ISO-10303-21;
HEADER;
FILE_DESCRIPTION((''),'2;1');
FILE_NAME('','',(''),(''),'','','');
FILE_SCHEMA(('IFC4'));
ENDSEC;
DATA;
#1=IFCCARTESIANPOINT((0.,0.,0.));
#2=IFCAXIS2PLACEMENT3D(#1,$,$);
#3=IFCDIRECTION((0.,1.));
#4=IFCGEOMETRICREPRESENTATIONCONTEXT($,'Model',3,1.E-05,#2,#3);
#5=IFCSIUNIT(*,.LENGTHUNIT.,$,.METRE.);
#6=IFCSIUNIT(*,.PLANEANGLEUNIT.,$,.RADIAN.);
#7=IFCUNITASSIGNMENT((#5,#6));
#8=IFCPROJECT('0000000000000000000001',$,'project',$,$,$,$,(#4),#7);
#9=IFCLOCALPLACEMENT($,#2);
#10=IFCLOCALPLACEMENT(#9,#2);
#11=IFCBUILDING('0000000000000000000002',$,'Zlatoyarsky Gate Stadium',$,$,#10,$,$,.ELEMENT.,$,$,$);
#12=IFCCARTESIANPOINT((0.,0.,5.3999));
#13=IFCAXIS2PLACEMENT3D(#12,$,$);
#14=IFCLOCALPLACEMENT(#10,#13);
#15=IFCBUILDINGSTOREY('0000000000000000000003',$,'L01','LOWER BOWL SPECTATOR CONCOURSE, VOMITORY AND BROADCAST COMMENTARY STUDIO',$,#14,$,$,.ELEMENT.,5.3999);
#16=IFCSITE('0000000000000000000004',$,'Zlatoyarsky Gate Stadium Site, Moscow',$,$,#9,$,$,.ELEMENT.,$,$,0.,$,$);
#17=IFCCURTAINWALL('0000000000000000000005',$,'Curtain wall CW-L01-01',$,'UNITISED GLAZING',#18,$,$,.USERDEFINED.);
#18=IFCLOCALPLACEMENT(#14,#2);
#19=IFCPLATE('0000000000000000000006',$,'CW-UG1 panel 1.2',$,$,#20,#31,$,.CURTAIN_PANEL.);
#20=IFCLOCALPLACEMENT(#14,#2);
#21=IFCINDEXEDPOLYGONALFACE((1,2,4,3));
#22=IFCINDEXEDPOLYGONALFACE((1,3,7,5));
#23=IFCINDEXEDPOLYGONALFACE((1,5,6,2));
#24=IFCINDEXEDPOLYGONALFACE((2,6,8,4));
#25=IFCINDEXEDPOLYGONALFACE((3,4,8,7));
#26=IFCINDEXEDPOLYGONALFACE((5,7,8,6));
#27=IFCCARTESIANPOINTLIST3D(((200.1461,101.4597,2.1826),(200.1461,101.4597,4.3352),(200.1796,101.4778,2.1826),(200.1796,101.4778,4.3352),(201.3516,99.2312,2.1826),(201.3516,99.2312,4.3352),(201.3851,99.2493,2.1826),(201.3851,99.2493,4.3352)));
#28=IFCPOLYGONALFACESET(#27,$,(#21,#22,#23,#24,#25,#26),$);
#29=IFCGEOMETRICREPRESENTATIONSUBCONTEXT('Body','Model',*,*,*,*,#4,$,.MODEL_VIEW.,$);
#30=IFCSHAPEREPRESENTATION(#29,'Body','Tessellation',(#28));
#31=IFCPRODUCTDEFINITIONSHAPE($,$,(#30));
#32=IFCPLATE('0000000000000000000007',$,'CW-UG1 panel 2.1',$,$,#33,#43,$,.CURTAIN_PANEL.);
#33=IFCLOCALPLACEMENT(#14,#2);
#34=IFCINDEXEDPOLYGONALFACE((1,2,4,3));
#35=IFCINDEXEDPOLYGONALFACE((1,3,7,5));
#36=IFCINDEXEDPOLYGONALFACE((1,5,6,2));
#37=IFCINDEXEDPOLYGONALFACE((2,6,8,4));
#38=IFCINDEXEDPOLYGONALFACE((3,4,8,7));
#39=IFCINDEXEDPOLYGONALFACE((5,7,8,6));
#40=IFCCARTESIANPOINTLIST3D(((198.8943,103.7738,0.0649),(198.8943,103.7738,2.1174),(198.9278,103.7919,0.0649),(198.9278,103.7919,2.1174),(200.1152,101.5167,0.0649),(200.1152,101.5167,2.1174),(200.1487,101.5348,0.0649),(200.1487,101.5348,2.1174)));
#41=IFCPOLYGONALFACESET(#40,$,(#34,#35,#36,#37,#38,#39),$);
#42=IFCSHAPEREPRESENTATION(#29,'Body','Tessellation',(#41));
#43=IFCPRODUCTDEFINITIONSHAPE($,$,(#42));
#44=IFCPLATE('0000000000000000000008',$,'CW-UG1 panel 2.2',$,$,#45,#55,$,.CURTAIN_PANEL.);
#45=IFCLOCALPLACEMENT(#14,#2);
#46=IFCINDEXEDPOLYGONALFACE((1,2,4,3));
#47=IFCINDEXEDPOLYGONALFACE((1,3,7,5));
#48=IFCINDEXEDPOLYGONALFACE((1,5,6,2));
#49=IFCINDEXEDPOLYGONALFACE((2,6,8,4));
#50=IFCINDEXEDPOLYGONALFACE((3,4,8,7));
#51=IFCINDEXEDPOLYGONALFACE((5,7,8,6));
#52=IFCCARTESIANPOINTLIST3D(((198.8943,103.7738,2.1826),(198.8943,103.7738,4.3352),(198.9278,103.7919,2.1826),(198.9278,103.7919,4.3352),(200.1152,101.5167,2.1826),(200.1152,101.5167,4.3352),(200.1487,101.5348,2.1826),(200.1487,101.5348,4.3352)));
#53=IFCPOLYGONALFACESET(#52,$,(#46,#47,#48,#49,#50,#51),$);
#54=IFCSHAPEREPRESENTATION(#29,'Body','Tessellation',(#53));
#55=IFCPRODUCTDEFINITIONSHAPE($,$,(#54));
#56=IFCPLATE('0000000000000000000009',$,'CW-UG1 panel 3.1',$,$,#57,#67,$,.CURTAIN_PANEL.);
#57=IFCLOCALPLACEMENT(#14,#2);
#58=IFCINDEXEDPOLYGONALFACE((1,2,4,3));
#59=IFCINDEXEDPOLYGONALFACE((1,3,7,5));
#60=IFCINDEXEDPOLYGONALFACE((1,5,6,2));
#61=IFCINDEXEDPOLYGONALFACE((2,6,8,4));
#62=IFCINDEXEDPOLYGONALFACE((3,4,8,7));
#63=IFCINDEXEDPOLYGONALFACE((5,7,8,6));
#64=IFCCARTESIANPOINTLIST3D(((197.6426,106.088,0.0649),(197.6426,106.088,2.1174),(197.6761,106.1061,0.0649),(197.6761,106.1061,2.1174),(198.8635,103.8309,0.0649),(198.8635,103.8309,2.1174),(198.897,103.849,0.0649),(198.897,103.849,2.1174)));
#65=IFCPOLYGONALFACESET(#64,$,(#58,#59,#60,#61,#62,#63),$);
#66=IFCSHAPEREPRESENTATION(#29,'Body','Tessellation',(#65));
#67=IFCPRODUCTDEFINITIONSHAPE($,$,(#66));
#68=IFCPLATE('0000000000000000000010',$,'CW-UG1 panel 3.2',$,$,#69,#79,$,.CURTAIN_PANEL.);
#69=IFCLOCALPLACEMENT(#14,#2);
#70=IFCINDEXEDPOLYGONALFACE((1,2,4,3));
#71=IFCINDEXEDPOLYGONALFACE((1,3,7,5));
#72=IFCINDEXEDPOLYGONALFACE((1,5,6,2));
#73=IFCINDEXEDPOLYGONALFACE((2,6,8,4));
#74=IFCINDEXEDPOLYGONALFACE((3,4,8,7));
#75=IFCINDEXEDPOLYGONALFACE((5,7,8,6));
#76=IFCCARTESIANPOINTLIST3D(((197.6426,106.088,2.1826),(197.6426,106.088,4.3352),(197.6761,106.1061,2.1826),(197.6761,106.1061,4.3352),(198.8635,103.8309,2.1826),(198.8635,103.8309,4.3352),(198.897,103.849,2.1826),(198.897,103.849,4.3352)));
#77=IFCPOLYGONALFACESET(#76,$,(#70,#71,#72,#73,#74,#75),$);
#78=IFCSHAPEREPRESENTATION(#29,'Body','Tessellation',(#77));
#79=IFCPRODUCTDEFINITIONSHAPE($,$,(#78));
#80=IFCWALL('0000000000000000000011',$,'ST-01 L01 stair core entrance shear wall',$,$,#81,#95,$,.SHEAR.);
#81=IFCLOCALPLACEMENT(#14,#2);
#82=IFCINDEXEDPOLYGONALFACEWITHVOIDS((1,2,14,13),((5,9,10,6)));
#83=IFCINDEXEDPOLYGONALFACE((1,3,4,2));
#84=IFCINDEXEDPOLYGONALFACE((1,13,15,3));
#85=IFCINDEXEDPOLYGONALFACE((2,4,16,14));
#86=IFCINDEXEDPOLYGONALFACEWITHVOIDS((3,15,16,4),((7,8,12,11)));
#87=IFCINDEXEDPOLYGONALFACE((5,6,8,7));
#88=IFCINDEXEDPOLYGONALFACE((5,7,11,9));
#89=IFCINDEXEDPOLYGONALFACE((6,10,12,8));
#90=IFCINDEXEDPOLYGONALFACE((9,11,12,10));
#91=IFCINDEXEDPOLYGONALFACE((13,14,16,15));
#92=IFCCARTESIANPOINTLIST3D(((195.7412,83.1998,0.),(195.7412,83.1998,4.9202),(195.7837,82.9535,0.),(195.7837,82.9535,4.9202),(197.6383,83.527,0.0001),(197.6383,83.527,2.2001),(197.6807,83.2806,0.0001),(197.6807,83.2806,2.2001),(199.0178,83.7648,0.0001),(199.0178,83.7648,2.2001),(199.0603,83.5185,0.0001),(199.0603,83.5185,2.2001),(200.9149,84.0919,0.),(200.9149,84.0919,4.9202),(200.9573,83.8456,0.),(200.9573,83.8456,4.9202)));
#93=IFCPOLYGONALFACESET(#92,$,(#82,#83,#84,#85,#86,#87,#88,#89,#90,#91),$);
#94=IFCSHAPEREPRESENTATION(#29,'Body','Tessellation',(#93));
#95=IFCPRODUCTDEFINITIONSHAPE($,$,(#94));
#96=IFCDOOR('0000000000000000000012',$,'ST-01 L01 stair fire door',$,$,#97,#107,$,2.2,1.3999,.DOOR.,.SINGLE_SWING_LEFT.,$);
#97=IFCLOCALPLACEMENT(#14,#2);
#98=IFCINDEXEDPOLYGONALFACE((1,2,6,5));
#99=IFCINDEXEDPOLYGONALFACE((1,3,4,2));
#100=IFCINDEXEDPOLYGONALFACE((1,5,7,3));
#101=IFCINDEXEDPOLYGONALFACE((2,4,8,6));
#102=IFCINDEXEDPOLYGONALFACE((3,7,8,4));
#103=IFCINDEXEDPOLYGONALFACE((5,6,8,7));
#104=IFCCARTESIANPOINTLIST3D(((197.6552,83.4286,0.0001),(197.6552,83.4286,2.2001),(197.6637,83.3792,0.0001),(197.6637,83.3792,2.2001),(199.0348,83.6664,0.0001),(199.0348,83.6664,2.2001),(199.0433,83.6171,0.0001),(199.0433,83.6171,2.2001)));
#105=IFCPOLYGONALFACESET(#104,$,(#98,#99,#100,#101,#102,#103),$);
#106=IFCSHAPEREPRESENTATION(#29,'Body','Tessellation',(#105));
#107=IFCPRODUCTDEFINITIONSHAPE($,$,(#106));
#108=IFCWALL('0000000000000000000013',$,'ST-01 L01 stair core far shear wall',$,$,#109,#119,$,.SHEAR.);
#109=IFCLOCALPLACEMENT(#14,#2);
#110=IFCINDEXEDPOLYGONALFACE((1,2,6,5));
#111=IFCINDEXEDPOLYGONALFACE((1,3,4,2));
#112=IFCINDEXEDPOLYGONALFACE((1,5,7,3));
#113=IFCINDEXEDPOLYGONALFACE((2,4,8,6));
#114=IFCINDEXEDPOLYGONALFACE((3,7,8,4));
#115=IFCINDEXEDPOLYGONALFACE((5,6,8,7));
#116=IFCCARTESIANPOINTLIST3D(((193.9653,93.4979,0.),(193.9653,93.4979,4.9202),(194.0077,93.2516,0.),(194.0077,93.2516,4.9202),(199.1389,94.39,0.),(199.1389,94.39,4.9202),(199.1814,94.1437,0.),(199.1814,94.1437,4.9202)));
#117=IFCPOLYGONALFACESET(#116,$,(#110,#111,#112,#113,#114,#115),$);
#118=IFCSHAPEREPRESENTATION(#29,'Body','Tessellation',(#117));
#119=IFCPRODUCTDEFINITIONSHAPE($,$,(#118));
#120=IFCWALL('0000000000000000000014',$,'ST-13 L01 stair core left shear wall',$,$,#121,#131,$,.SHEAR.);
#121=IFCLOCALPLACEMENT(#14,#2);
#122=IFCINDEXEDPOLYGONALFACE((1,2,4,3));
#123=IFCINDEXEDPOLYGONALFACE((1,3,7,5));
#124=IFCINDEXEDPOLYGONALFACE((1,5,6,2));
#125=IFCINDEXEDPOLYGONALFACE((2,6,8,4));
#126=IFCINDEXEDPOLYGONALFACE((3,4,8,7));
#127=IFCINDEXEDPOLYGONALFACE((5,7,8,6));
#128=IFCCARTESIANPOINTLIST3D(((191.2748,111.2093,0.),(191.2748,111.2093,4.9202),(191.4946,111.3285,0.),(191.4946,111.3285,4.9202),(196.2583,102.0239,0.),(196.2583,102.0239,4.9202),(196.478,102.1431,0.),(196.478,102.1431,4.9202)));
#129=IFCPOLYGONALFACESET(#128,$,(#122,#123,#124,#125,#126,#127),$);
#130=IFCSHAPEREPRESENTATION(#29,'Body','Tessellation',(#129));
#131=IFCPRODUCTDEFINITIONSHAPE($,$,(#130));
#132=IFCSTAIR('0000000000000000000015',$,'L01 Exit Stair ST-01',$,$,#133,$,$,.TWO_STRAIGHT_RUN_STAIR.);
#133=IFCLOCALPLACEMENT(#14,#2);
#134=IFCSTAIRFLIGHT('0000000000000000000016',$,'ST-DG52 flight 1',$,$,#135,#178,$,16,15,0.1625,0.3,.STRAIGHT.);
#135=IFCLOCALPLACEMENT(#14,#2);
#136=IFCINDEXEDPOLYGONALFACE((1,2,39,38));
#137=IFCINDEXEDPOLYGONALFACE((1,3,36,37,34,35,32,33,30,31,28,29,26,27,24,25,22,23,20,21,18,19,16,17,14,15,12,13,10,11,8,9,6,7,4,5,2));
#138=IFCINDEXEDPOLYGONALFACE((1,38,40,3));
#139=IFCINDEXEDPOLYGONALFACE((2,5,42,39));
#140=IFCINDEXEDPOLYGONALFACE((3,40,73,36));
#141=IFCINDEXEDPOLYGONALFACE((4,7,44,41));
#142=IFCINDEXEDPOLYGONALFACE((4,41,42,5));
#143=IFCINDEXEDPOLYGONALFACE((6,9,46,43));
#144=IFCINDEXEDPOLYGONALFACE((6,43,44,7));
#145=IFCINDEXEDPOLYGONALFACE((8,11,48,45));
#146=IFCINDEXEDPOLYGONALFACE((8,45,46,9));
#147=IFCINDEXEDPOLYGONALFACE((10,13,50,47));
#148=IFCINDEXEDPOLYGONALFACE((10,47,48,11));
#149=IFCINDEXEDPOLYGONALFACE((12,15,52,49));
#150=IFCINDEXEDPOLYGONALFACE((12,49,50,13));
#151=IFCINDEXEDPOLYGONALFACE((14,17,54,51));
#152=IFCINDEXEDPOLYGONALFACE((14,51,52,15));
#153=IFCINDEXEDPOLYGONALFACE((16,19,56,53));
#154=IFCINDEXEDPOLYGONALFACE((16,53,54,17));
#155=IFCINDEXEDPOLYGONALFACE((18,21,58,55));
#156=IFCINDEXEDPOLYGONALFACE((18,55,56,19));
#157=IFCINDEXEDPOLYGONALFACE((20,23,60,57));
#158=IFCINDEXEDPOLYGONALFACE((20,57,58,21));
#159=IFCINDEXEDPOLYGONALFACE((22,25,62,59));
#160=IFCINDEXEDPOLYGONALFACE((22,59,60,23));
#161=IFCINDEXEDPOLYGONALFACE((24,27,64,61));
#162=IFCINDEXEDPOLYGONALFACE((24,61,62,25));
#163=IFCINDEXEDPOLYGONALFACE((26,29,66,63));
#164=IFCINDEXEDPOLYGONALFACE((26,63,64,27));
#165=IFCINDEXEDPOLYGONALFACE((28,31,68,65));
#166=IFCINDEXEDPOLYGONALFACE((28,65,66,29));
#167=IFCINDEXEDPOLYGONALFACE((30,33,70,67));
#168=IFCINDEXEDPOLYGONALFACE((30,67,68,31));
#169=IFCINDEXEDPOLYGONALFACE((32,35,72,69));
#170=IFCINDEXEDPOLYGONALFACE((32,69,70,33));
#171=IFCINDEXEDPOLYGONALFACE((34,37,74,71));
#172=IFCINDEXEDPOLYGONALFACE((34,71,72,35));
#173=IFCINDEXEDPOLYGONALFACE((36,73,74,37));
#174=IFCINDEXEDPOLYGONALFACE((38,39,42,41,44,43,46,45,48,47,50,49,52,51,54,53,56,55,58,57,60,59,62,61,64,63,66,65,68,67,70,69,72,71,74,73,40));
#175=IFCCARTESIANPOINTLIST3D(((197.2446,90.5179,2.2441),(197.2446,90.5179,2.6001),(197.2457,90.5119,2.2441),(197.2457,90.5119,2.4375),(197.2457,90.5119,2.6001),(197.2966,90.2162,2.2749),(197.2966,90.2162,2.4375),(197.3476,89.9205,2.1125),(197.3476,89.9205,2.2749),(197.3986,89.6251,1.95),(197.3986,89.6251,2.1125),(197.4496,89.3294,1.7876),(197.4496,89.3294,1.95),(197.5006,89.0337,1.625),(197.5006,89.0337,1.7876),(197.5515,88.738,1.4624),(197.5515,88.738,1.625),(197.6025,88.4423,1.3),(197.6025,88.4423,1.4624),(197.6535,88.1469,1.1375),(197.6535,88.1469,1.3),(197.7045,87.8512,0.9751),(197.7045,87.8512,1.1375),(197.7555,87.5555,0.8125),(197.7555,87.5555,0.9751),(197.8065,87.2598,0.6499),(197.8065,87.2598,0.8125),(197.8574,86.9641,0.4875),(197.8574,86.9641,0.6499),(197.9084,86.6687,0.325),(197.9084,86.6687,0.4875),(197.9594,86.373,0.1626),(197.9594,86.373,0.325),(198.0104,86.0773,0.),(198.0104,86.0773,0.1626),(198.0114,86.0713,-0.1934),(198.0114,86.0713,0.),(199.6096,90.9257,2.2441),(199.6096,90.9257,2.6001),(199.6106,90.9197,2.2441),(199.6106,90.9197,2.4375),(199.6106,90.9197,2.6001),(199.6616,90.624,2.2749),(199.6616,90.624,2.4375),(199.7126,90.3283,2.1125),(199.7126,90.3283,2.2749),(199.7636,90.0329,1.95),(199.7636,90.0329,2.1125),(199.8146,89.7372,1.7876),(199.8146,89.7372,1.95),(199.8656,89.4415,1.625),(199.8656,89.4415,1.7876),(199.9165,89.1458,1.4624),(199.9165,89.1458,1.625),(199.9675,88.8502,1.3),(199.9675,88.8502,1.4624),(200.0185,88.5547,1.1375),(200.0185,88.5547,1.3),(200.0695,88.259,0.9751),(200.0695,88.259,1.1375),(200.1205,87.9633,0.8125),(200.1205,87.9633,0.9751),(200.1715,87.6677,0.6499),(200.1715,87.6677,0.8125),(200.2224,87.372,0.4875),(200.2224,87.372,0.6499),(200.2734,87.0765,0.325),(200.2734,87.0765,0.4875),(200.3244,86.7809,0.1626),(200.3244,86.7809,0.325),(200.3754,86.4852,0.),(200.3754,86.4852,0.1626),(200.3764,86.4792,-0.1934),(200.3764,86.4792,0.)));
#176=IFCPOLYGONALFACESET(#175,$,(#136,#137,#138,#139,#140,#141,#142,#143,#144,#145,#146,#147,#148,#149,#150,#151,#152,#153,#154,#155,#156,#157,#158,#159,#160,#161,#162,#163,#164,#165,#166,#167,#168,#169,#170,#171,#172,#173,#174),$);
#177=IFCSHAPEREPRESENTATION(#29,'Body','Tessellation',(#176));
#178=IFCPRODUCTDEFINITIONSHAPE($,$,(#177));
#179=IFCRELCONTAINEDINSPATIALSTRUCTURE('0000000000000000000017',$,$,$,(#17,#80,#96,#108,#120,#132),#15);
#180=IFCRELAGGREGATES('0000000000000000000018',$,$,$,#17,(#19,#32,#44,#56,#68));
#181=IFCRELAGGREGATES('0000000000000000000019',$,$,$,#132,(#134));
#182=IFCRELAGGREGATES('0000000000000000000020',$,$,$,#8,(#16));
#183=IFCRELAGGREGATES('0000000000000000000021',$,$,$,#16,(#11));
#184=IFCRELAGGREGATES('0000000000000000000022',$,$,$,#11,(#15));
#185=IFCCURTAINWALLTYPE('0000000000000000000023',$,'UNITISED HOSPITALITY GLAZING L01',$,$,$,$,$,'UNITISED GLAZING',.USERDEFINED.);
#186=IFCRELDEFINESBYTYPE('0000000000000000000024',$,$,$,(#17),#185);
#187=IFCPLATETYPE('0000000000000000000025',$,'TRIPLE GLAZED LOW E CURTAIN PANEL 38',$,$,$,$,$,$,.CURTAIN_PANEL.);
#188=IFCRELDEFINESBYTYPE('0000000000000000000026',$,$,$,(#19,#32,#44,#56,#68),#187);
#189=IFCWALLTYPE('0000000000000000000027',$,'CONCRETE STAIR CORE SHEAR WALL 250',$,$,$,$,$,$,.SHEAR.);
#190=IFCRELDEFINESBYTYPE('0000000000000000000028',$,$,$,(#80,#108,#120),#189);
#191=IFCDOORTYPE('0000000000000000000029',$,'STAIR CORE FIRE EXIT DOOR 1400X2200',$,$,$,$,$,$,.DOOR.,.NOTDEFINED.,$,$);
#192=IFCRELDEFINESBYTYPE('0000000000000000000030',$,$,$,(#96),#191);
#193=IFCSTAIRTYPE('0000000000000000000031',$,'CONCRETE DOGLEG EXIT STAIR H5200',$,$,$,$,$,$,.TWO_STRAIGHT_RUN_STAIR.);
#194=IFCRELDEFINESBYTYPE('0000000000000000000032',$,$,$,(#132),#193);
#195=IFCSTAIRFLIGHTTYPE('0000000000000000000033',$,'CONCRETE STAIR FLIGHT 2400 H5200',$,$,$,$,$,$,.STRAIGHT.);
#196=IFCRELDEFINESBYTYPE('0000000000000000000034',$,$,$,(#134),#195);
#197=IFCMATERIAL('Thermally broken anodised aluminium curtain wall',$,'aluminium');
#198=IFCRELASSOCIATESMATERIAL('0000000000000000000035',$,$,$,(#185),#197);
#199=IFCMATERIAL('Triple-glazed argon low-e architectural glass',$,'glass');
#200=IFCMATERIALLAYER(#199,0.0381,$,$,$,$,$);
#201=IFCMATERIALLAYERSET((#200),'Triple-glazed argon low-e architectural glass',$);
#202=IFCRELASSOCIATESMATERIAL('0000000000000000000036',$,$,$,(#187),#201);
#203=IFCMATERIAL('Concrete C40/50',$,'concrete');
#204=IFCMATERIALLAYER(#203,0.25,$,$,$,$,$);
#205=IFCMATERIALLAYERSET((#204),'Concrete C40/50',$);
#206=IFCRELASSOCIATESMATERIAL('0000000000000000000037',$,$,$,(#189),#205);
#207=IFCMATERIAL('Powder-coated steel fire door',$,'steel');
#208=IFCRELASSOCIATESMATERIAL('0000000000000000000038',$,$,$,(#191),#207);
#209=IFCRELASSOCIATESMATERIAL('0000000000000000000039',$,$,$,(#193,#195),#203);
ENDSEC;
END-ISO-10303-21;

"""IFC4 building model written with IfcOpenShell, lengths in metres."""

from ifc_helpers import new_model, si_unit, direction, frame, frame_2d, origin, origin_2d, place, context, subcontext, project, spatial, polyline, rectangle, outline, extrude, material, layer, layer_set, type_object, element, fill, aggregate, save


model = new_model("IFC4")

# Units and contexts
model_context = context("Model", 3, precision=1e-05, world=origin(), true_north=direction((0.0, 1.0)))
body_context = subcontext(model_context, "Body", "Model", "MODEL_VIEW")
ifc_project = project(units=[si_unit("LENGTHUNIT", "METRE"), si_unit("PLANEANGLEUNIT", "RADIAN")], contexts=[model_context])

# Site, building, storey
site_placement = place(None, origin())
site = spatial("IfcSite", under=ifc_project, at=site_placement, Name="Zlatoyarsky Gate Stadium Site, Moscow", CompositionType="ELEMENT", RefElevation=0.0)
building_placement = place(site_placement, origin())
building = spatial("IfcBuilding", under=site, at=building_placement, Name="Zlatoyarsky Gate Stadium", CompositionType="ELEMENT")
storey_placement = place(building_placement, frame((0.0, 0.0, 5.3999)))
storey = spatial("IfcBuildingStorey", under=building, at=storey_placement, Name="L01", Description="LOWER BOWL SPECTATOR CONCOURSE, VOMITORY AND BROADCAST COMMENTARY STUDIO", CompositionType="ELEMENT", Elevation=5.3999)

# Curtain wall
ifc_material_1 = material(Name="Thermally broken anodised aluminium curtain wall", Category="aluminium")
curtain_wall_type = type_object("IfcCurtainWallType", Name="UNITISED HOSPITALITY GLAZING L01", ElementType="UNITISED GLAZING", PredefinedType="USERDEFINED", material=ifc_material_1)
curtain_wall_placement = place(storey_placement, origin())
curtain_wall = element("IfcCurtainWall", 1, at=curtain_wall_placement, inside=storey, type_object=curtain_wall_type, Name="Curtain wall CW-L01-01", ObjectType="UNITISED GLAZING", PredefinedType="USERDEFINED")

# Plates
ifc_material_2 = material(Name="Triple-glazed argon low-e architectural glass", Category="glass")
ifc_layer_1 = layer(ifc_material_2, 0.0381)
ifc_layer_set_1 = layer_set([ifc_layer_1], Name="Triple-glazed argon low-e architectural glass")
plate_type_1 = type_object("IfcPlateType", Name="TRIPLE GLAZED LOW E CURTAIN PANEL 38", PredefinedType="CURTAIN_PANEL", material=ifc_layer_set_1)
plate_1_placement = place(storey_placement, frame((200.7656, 100.3545, 2.1826), z_axis=(0.0, 0.0, 1.0), x_axis=(-0.475784, 0.879562, 0.0)))
plate_1 = element("IfcPlate", 2, at=plate_1_placement, type_object=plate_type_1, Name="CW-UG1 panel 1.2", PredefinedType="CURTAIN_PANEL", context=body_context, shape_type="SweptSolid", body=[
    extrude(rectangle(XDim=2.5337, YDim=0.0381, at=origin_2d()), origin(), (0.0, 0.0, 1.0), 2.1526),
])
plate_2_placement = place(storey_placement, frame((199.5215, 102.6543, 0.0649), z_axis=(0.0, 0.0, 1.0), x_axis=(-0.475784, 0.879562, 0.0)))
plate_2 = element("IfcPlate", 3, at=plate_2_placement, type_object=plate_type_1, Name="CW-UG1 panel 2.1", PredefinedType="CURTAIN_PANEL", context=body_context, shape_type="SweptSolid", body=[
    extrude(rectangle(XDim=2.5662, YDim=0.0381, at=origin_2d()), origin(), (0.0, 0.0, 1.0), 2.0525),
])
plate_3_placement = place(storey_placement, frame((199.5215, 102.6543, 2.1826), z_axis=(0.0, 0.0, 1.0), x_axis=(-0.475784, 0.879562, 0.0)))
plate_3 = element("IfcPlate", 4, at=plate_3_placement, type_object=plate_type_1, Name="CW-UG1 panel 2.2", PredefinedType="CURTAIN_PANEL", context=body_context, shape_type="SweptSolid", body=[
    extrude(rectangle(XDim=2.5662, YDim=0.0381, at=origin_2d()), origin(), (0.0, 0.0, 1.0), 2.1526),
])
plate_4_placement = place(storey_placement, frame((198.2698, 104.9685, 0.0649), z_axis=(0.0, 0.0, 1.0), x_axis=(-0.475784, 0.879562, 0.0)))
plate_4 = element("IfcPlate", 5, at=plate_4_placement, type_object=plate_type_1, Name="CW-UG1 panel 3.1", PredefinedType="CURTAIN_PANEL", context=body_context, shape_type="SweptSolid", body=[
    extrude(rectangle(XDim=2.5662, YDim=0.0381, at=origin_2d()), origin(), (0.0, 0.0, 1.0), 2.0525),
])
plate_5_placement = place(storey_placement, frame((198.2698, 104.9685, 2.1826), z_axis=(0.0, 0.0, 1.0), x_axis=(-0.475784, 0.879562, 0.0)))
plate_5 = element("IfcPlate", 6, at=plate_5_placement, type_object=plate_type_1, Name="CW-UG1 panel 3.2", PredefinedType="CURTAIN_PANEL", context=body_context, shape_type="SweptSolid", body=[
    extrude(rectangle(XDim=2.5662, YDim=0.0381, at=origin_2d()), origin(), (0.0, 0.0, 1.0), 2.1526),
])
aggregate(curtain_wall, [plate_1, plate_2, plate_3, plate_4, plate_5])

# Wall, opening, door
ifc_material_3 = material(Name="Concrete C40/50", Category="concrete")
ifc_layer_2 = layer(ifc_material_3, 0.25)
ifc_layer_set_2 = layer_set([ifc_layer_2], Name="Concrete C40/50")
wall_type = type_object("IfcWallType", Name="CONCRETE STAIR CORE SHEAR WALL 250", PredefinedType="SHEAR", material=ifc_layer_set_2)
wall_1_placement = place(storey_placement, frame((195.7625, 83.0767, 0.0), z_axis=(0.0, 0.0, 1.0), x_axis=(0.985457, 0.169924, 0.0)))
wall_1 = element("IfcWall", 7, at=wall_1_placement, inside=storey, type_object=wall_type, Name="ST-01 L01 stair core entrance shear wall", PredefinedType="SHEAR", context=body_context, shape_type="SweptSolid", body=[
    extrude(rectangle(XDim=5.25, YDim=0.25, at=frame_2d((2.625, 0.0))), origin(), (0.0, 0.0, 1.0), 4.9202),
])
opening_placement = place(wall_1_placement, frame((1.925, 0.0, 0.0)))
opening = element("IfcOpeningElement", 8, at=opening_placement, cuts=wall_1, PredefinedType="OPENING", context=body_context, shape_type="SweptSolid", body=[
    extrude(rectangle(XDim=1.3999, YDim=2.2, at=frame_2d((0.7, 1.1001))), frame((0.0, 0.135, 0.0), z_axis=(0.0, -1.0, 0.0), x_axis=(1.0, 0.0, 0.0)), (0.0, 0.0, 1.0), 0.27),
])
ifc_material_4 = material(Name="Powder-coated steel fire door", Category="steel")
door_type = type_object("IfcDoorType", Name="STAIR CORE FIRE EXIT DOOR 1400X2200", OperationType="NOTDEFINED", PredefinedType="DOOR", material=ifc_material_4)
door_placement = place(opening_placement, frame((1.3999, 0.0, 0.0), z_axis=(0.0, 0.0, 1.0), x_axis=(-1.0, 0.0, 0.0)))
door = element("IfcDoor", 9, at=door_placement, inside=storey, type_object=door_type, Name="ST-01 L01 stair fire door", OperationType="SINGLE_SWING_LEFT", OverallHeight=2.2, OverallWidth=1.3999, PredefinedType="DOOR", context=body_context, shape_type="SweptSolid", body=[
    extrude(rectangle(XDim=1.3999, YDim=2.2, at=frame_2d((0.7, 1.1001))), frame((0.0, 0.0249, 0.0), z_axis=(0.0, -1.0, 0.0), x_axis=(1.0, 0.0, 0.0)), (0.0, 0.0, 1.0), 0.05),
])
fill(opening, door)

# Walls
wall_2_placement = place(storey_placement, frame((199.1602, 94.2668, 0.0), z_axis=(0.0, 0.0, 1.0), x_axis=(-0.985457, -0.169924, 0.0)))
element("IfcWall", 10, at=wall_2_placement, inside=storey, type_object=wall_type, Name="ST-01 L01 stair core far shear wall", PredefinedType="SHEAR", context=body_context, shape_type="SweptSolid", body=[
    extrude(rectangle(XDim=5.25, YDim=0.25, at=frame_2d((2.625, 0.0))), origin(), (0.0, 0.0, 1.0), 4.9202),
])
wall_3_placement = place(storey_placement, frame((196.3682, 102.0835, 0.0), z_axis=(0.0, 0.0, 1.0), x_axis=(-0.476877, 0.87897, 0.0)))
element("IfcWall", 11, at=wall_3_placement, inside=storey, type_object=wall_type, Name="ST-13 L01 stair core left shear wall", PredefinedType="SHEAR", context=body_context, shape_type="SweptSolid", body=[
    extrude(rectangle(XDim=10.4502, YDim=0.25, at=frame_2d((5.2251, 0.0))), origin(), (0.0, 0.0, 1.0), 4.9202),
])

# Stair, stair flight
stair_type = type_object("IfcStairType", Name="CONCRETE DOGLEG EXIT STAIR H5200", PredefinedType="TWO_STRAIGHT_RUN_STAIR", material=ifc_material_3)
stair_placement = place(storey_placement, origin())
stair = element("IfcStair", 12, at=stair_placement, inside=storey, type_object=stair_type, Name="L01 Exit Stair ST-01", PredefinedType="TWO_STRAIGHT_RUN_STAIR")
stair_flight_type = type_object("IfcStairFlightType", Name="CONCRETE STAIR FLIGHT 2400 H5200", PredefinedType="STRAIGHT", material=ifc_material_3)
stair_flight_1_placement = place(storey_placement, frame((199.1929, 86.2812, 0.0), z_axis=(0.0, 0.0, 1.0), x_axis=(-0.169938, 0.985455, 0.0)))
stair_flight_1 = element("IfcStairFlight", 13, at=stair_flight_1_placement, type_object=stair_flight_type, Name="ST-DG52 flight 1", NumberOfRisers=16, NumberOfTreads=15, PredefinedType="STRAIGHT", RiserHeight=0.1625, TreadLength=0.3, context=body_context, shape_type="SweptSolid", body=[
    extrude(outline(polyline([(-0.0061, -0.1934), (-0.0061, 0.0), (0.0, 0.0), (0.0, 0.1626), (0.3, 0.1626), (0.3, 0.325), (0.6001, 0.325), (0.6001, 0.4875), (0.8999, 0.4875), (0.8999, 0.6499), (1.2, 0.6499), (1.2, 0.8125), (1.5, 0.8125), (1.5, 0.9751), (1.8, 0.9751), (1.8, 1.1375), (2.1001, 1.1375), (2.1001, 1.3), (2.3999, 1.3), (2.3999, 1.4624), (2.7, 1.4624), (2.7, 1.625), (3.0, 1.625), (3.0, 1.7876), (3.3, 1.7876), (3.3, 1.95), (3.6001, 1.95), (3.6001, 2.1125), (3.8999, 2.1125), (3.8999, 2.2749), (4.2, 2.2749), (4.2, 2.4375), (4.5, 2.4375), (4.5, 2.6001), (4.5061, 2.6001), (4.5061, 2.2441), (4.5, 2.2441), (-0.0061, -0.1934)])), frame((0.0, 1.2, 0.0), z_axis=(0.0, -1.0, 0.0), x_axis=(1.0, 0.0, 0.0)), (0.0, 0.0, 1.0), 2.3999),
])
aggregate(stair, [stair_flight_1])

save(model, "model.ifc")
